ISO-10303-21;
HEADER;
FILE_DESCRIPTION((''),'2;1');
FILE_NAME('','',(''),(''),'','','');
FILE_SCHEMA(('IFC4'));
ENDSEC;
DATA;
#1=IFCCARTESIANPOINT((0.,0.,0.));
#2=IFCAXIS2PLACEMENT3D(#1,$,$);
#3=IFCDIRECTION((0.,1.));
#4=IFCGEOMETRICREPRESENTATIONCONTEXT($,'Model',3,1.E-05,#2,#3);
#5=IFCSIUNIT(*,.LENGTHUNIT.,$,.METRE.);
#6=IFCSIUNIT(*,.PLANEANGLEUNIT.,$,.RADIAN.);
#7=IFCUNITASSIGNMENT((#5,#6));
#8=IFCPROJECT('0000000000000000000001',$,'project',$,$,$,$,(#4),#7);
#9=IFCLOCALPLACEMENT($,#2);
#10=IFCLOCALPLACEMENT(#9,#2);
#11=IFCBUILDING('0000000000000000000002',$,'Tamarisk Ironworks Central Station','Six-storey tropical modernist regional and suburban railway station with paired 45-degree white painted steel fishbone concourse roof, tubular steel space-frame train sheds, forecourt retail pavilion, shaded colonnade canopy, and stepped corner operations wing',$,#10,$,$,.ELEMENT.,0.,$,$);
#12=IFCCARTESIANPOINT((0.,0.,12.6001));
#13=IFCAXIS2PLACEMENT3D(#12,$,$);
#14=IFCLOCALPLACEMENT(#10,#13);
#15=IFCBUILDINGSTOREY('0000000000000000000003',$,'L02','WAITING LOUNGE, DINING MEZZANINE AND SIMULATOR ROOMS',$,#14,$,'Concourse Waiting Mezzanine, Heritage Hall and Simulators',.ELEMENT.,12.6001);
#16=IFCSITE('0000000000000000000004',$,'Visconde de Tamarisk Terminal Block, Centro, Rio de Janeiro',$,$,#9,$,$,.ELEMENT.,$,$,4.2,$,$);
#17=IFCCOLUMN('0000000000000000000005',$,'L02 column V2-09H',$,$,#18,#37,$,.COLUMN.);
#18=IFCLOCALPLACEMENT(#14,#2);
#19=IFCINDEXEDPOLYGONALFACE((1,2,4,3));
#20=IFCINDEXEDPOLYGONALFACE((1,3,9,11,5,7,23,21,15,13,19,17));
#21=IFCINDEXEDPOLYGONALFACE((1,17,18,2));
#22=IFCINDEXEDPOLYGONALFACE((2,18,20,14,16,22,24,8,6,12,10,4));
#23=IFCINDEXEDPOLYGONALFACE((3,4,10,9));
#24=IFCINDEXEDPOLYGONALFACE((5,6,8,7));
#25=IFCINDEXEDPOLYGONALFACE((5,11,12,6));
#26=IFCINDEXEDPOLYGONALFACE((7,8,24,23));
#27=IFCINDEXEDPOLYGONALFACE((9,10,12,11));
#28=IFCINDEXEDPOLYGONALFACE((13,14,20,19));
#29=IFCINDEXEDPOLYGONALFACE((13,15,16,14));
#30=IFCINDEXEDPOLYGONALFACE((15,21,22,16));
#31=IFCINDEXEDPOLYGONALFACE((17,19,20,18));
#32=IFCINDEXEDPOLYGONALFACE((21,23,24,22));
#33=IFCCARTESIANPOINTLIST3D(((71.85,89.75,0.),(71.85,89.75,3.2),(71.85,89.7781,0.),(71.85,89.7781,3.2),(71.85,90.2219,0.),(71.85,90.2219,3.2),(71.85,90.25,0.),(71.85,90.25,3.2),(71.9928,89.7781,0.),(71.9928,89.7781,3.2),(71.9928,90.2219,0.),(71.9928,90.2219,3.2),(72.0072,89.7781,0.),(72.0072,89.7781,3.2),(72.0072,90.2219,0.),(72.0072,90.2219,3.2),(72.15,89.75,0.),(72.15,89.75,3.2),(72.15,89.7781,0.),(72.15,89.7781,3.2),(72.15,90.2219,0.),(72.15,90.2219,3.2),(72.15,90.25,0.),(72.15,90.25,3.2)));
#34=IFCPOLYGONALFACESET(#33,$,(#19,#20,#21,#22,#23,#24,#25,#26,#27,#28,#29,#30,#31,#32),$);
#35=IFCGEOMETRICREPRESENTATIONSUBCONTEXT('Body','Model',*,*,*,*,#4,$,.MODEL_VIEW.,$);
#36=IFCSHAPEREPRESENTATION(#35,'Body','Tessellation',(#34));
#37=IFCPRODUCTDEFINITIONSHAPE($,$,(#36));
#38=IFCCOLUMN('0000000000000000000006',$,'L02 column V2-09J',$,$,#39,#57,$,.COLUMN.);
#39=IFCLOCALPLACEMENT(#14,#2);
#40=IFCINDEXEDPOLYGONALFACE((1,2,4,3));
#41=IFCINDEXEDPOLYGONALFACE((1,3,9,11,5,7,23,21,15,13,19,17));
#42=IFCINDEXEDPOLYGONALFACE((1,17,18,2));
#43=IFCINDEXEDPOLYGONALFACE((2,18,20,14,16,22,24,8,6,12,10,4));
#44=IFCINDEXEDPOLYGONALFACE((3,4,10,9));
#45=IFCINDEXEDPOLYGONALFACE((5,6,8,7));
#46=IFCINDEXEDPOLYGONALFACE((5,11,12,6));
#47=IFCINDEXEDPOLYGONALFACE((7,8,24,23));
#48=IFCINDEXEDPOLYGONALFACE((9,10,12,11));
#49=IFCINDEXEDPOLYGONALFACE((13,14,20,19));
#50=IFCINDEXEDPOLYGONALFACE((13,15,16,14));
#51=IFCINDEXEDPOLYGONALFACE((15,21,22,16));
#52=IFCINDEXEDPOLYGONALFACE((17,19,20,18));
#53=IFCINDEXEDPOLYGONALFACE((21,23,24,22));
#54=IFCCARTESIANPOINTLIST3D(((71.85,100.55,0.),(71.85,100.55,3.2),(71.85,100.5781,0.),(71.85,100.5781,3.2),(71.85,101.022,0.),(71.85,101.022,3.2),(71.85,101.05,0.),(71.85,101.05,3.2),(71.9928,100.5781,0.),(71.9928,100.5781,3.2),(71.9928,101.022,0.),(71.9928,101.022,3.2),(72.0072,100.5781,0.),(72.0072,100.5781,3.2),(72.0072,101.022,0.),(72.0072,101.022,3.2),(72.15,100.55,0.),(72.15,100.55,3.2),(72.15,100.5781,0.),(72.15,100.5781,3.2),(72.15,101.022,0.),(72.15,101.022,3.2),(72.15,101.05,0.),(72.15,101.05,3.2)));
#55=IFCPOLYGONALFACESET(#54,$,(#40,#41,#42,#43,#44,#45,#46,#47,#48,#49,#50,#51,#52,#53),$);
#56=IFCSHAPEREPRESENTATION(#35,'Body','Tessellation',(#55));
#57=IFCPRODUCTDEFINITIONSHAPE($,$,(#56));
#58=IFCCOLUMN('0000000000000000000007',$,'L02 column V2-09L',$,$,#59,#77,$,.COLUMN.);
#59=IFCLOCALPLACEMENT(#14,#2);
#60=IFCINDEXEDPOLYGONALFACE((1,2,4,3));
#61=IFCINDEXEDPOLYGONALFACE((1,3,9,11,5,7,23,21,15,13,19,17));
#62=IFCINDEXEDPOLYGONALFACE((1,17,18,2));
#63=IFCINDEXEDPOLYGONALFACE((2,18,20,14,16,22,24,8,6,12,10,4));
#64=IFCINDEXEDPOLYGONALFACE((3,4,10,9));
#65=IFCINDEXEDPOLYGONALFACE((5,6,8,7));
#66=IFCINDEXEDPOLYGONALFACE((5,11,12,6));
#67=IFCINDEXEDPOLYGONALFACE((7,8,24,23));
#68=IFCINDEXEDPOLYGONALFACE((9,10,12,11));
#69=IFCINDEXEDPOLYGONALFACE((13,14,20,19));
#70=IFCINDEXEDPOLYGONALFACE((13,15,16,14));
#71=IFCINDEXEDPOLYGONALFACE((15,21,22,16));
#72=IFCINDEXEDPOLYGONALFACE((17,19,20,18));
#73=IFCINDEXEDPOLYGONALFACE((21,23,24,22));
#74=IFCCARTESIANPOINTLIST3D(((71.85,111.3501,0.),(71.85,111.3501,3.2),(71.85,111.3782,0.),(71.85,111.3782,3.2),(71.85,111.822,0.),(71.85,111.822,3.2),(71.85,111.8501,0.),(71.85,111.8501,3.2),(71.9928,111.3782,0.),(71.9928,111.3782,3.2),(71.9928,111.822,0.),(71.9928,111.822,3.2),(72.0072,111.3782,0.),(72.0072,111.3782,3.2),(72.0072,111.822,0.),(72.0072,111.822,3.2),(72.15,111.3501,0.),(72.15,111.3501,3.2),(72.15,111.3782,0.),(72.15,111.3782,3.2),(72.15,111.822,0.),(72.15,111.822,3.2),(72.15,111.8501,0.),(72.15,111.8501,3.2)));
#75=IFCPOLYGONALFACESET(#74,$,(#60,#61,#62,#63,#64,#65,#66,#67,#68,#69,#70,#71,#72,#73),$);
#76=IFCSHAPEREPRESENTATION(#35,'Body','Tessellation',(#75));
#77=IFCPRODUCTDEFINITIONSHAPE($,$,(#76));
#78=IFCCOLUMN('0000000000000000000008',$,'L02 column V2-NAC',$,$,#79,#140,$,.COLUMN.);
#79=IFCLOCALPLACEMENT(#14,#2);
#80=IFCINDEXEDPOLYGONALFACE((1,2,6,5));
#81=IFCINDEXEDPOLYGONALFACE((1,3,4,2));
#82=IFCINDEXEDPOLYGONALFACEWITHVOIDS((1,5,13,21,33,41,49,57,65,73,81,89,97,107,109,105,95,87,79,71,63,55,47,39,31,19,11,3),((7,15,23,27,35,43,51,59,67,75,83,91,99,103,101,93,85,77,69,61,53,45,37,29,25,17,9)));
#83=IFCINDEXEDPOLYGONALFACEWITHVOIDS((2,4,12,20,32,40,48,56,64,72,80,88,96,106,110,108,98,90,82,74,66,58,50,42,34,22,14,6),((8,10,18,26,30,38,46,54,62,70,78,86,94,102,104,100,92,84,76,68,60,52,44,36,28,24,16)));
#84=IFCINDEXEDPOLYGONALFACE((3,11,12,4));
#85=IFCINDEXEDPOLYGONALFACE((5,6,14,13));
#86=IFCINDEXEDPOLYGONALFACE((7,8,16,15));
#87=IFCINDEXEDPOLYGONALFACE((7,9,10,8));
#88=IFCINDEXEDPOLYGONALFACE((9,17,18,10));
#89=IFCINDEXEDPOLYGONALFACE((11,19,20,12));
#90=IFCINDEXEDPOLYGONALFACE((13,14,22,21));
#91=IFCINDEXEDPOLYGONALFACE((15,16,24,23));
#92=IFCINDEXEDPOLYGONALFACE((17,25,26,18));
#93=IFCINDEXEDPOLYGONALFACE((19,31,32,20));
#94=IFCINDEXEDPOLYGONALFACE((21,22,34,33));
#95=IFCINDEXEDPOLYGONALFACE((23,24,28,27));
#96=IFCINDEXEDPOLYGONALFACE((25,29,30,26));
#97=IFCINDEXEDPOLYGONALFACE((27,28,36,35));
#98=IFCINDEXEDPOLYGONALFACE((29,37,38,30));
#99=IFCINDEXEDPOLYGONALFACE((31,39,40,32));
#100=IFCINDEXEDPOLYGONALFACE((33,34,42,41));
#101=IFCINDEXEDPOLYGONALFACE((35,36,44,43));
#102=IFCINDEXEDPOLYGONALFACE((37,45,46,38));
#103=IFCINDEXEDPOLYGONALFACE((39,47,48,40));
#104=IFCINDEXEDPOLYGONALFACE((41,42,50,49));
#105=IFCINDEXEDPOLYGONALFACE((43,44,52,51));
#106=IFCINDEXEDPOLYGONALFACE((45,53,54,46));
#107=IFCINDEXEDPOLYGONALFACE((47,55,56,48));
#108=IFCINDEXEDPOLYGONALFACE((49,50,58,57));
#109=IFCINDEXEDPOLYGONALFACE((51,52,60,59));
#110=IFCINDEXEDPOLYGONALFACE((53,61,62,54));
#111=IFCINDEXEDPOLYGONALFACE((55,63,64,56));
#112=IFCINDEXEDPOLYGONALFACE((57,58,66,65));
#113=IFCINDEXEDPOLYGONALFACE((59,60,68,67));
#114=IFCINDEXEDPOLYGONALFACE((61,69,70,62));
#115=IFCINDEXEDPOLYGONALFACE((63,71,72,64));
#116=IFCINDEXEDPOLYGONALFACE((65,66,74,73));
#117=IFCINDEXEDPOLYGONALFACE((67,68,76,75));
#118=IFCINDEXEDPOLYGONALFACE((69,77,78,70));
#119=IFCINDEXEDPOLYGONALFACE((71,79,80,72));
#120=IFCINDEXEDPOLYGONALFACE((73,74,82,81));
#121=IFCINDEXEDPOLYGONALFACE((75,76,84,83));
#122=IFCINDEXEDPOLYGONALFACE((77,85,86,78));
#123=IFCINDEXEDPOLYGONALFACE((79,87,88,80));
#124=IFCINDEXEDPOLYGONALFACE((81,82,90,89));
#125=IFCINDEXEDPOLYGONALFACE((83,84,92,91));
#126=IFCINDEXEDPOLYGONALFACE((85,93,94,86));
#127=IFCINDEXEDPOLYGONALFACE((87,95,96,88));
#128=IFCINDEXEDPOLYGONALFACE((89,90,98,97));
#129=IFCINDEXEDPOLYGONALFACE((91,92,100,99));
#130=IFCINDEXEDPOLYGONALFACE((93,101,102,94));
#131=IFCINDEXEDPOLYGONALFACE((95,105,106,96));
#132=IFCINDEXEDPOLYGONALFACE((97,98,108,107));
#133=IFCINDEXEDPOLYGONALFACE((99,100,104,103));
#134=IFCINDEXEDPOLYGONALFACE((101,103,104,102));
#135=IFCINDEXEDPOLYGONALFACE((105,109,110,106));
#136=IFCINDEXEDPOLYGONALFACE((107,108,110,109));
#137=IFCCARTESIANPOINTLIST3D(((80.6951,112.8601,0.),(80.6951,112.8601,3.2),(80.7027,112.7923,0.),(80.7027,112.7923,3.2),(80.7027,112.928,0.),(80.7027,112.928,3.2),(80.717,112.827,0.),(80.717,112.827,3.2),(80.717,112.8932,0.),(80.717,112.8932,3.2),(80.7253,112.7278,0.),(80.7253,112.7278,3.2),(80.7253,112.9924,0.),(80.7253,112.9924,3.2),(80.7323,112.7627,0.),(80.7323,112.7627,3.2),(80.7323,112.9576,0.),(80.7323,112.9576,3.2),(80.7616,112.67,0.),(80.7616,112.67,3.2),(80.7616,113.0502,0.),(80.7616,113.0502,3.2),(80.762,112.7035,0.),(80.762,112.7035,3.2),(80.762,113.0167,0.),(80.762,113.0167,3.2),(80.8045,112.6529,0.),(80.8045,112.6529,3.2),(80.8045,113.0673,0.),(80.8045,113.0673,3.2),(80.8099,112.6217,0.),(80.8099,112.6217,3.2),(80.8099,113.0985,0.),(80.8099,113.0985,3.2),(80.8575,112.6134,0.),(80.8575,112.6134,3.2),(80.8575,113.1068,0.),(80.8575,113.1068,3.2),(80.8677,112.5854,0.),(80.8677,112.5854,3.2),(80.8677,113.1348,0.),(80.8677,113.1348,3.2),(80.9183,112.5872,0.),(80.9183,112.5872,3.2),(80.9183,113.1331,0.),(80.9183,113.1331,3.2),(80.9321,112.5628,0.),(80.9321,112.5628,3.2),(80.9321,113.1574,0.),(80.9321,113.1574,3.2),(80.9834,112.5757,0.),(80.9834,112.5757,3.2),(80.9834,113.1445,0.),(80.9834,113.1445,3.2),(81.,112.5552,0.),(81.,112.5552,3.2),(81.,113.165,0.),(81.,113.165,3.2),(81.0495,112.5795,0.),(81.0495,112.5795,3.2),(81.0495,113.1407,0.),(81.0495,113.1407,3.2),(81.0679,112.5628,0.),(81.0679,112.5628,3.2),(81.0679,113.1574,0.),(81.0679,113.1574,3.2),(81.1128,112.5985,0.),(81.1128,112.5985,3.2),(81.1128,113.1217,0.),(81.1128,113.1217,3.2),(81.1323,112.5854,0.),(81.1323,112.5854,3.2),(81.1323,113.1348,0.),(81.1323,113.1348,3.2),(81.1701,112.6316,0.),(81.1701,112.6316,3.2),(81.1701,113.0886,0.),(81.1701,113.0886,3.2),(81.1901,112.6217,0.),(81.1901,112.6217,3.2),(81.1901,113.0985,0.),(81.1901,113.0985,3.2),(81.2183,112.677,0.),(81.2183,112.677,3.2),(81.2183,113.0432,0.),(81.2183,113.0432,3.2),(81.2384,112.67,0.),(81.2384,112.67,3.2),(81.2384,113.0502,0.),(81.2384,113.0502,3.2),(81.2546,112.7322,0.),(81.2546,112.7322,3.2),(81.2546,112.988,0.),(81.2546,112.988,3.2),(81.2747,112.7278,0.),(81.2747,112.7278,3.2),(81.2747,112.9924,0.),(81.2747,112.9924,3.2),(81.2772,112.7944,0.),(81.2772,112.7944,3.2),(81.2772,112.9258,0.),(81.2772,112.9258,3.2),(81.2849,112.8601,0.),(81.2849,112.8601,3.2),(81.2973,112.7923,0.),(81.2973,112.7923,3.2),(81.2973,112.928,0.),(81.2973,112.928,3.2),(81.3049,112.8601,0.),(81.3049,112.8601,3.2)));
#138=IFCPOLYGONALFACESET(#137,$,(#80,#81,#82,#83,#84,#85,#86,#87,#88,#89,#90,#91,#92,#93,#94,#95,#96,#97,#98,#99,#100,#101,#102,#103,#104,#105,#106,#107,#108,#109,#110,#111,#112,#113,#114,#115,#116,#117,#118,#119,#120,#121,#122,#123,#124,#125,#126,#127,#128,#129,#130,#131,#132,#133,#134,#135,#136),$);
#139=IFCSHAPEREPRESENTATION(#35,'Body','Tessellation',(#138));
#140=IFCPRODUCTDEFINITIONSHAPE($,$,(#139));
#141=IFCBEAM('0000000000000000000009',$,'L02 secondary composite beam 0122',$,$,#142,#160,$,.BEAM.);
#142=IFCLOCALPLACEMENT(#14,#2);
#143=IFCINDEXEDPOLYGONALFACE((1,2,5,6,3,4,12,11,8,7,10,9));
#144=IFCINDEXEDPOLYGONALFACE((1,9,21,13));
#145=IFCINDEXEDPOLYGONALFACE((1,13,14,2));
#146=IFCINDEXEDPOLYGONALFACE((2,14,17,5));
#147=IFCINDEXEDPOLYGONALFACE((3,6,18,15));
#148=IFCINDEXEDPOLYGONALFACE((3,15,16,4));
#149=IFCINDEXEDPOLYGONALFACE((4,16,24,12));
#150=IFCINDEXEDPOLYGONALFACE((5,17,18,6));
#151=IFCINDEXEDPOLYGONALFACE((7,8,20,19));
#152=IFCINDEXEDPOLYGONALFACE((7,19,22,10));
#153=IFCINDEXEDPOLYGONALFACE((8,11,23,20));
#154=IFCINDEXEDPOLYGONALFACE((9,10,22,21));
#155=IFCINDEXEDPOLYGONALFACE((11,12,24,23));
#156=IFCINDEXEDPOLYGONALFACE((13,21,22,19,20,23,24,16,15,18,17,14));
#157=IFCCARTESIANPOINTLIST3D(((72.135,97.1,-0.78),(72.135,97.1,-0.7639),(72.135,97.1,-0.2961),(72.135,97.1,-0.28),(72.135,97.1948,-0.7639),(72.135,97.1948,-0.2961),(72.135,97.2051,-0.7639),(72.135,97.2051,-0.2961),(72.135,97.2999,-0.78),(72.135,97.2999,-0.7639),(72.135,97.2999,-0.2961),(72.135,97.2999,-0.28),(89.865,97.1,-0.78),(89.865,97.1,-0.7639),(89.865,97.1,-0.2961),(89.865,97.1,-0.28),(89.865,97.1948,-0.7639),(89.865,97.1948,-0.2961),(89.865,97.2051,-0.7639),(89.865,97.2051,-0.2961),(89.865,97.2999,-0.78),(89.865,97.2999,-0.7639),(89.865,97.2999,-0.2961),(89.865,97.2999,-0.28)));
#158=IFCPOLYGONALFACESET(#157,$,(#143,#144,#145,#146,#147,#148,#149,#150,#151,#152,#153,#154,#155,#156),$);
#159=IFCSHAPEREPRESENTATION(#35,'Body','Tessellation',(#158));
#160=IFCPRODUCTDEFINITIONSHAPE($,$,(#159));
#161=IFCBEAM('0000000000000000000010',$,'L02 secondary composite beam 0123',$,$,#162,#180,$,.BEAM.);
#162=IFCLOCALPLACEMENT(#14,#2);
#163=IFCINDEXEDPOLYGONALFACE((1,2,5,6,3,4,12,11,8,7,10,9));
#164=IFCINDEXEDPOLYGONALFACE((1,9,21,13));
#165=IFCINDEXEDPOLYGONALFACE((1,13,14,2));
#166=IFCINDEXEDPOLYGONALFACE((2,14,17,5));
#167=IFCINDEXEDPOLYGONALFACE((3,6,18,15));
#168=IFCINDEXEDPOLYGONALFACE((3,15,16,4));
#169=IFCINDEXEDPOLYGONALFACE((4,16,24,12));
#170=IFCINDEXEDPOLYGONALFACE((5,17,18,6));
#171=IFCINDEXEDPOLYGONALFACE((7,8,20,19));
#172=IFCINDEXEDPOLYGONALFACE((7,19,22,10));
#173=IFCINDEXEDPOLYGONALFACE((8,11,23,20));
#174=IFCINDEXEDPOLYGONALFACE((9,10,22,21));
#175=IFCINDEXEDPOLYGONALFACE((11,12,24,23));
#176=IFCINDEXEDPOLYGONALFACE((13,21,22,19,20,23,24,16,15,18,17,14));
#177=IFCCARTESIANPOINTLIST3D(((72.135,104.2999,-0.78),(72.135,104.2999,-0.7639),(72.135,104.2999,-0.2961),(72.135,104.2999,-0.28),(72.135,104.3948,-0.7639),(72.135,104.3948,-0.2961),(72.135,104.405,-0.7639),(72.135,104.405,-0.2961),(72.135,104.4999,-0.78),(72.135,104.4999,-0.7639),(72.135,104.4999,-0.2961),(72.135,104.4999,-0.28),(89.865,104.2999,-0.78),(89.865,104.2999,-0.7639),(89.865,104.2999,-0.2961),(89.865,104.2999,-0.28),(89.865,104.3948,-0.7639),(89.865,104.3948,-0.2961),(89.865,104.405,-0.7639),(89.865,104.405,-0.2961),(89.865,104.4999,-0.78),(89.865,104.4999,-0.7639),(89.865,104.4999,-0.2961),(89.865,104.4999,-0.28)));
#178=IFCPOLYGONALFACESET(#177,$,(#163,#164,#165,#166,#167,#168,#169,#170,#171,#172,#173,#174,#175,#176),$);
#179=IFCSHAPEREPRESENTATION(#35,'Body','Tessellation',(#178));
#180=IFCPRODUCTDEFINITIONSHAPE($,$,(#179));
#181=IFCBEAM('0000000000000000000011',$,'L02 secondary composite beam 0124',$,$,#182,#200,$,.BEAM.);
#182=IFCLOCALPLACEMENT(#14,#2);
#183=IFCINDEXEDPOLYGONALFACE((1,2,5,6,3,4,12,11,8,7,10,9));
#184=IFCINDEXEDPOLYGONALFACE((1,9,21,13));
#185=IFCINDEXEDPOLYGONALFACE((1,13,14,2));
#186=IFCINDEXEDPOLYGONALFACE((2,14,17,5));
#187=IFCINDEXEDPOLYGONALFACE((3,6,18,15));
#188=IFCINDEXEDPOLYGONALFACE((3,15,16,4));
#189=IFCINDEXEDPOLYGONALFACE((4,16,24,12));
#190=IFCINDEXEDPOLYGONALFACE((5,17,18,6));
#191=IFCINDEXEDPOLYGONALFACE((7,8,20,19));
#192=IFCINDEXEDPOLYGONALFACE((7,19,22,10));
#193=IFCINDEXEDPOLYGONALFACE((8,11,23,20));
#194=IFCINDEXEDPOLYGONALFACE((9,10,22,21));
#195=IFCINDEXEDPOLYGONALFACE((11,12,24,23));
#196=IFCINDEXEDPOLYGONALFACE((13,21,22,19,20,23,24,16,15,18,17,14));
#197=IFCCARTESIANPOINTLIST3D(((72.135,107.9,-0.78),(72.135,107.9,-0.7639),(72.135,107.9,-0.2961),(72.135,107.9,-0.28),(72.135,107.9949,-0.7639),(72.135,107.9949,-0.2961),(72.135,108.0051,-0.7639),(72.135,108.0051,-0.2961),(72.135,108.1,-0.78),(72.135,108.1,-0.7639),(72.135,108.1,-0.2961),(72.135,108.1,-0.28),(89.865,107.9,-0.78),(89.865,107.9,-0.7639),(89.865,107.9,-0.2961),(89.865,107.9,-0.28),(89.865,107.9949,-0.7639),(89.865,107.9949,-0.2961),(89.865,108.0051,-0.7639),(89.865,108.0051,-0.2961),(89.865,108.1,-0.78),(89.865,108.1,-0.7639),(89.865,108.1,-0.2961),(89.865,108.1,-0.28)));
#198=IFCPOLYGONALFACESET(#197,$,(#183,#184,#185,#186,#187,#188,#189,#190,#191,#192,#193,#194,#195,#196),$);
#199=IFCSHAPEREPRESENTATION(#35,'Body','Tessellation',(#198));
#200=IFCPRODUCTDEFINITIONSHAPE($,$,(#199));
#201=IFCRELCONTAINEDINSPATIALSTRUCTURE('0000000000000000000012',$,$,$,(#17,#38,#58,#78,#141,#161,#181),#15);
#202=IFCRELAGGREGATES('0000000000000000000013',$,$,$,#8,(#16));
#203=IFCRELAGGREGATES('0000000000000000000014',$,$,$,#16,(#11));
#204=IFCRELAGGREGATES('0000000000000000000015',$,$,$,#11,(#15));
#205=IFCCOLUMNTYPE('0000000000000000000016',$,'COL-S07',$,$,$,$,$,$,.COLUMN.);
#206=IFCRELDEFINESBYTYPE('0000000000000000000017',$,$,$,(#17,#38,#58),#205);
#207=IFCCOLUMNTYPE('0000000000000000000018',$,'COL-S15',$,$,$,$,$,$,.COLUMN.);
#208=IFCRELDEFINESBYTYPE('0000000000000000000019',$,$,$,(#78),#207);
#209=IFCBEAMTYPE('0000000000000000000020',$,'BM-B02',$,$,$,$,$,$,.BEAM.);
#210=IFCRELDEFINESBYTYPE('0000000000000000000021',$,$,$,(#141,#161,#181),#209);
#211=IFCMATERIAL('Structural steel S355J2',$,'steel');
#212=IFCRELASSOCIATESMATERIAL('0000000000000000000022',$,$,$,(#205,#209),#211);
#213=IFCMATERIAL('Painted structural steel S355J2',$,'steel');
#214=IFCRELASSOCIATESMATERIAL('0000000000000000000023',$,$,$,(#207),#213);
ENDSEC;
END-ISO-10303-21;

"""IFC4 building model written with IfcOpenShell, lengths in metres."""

from ifc_helpers import new_model, si_unit, direction, frame, origin, origin_2d, place, context, subcontext, project, spatial, hollow_circle, i_section, extrude, material, material_profile, profile_set, type_object, element, save


model = new_model("IFC4")

# Units and contexts
model_context = context("Model", 3, precision=1e-05, world=origin(), true_north=direction((0.0, 1.0)))
body_context = subcontext(model_context, "Body", "Model", "MODEL_VIEW")
ifc_project = project(units=[si_unit("LENGTHUNIT", "METRE"), si_unit("PLANEANGLEUNIT", "RADIAN")], contexts=[model_context])

# Site, building, storey
site_placement = place(None, origin())
site = spatial("IfcSite", under=ifc_project, at=site_placement, Name="Visconde de Tamarisk Terminal Block, Centro, Rio de Janeiro", CompositionType="ELEMENT", RefElevation=4.2)
building_placement = place(site_placement, origin())
building = spatial("IfcBuilding", under=site, at=building_placement, Name="Tamarisk Ironworks Central Station", Description="Six-storey tropical modernist regional and suburban railway station with paired 45-degree white painted steel fishbone concourse roof, tubular steel space-frame train sheds, forecourt retail pavilion, shaded colonnade canopy, and stepped corner operations wing", CompositionType="ELEMENT", ElevationOfRefHeight=0.0)
storey_placement = place(building_placement, frame((0.0, 0.0, 12.6001)))
storey = spatial("IfcBuildingStorey", under=building, at=storey_placement, Name="L02", Description="WAITING LOUNGE, DINING MEZZANINE AND SIMULATOR ROOMS", LongName="Concourse Waiting Mezzanine, Heritage Hall and Simulators", CompositionType="ELEMENT", Elevation=12.6001)

# Columns
ifc_material_1 = material(Name="Structural steel S355J2", Category="steel")
ifc_material_profile_1 = material_profile(ifc_material_1, i_section(OverallWidth=0.3, OverallDepth=0.5, WebThickness=0.0144, FlangeThickness=0.0281, at=origin_2d()), Name="HEB 500")
ifc_profile_set_1 = profile_set([ifc_material_profile_1], Name="Structural steel S355J2")
column_type_1 = type_object("IfcColumnType", Name="COL-S07", PredefinedType="COLUMN", material=ifc_profile_set_1)
for number, where, z_axis, x_axis, name in (
    (1, (72.0, 90.0, 0.0), (0.0, 0.0, 1.0), (1.0, 0.0, 0.0), "L02 column V2-09H"),
    (2, (72.0, 100.8, 0.0), (0.0, 0.0, 1.0), (1.0, 0.0, 0.0), "L02 column V2-09J"),
    (3, (72.0, 111.6001, 0.0), (0.0, 0.0, 1.0), (1.0, 0.0, 0.0), "L02 column V2-09L"),
):
    element("IfcColumn", number, at=place(storey_placement, frame(where, z_axis=z_axis, x_axis=x_axis)), inside=storey, type_object=column_type_1, Name=name, PredefinedType="COLUMN", context=body_context, shape_type="SweptSolid", body=[
        extrude(i_section(OverallWidth=0.3, OverallDepth=0.5, WebThickness=0.0144, FlangeThickness=0.0281, at=origin_2d()), origin(), (0.0, 0.0, 1.0), 3.2),
    ])
ifc_material_2 = material(Name="Painted structural steel S355J2", Category="steel")
ifc_material_profile_2 = material_profile(ifc_material_2, hollow_circle(Radius=0.3049, WallThickness=0.02, at=origin_2d()), Name="CHS 610x20")
ifc_profile_set_2 = profile_set([ifc_material_profile_2], Name="Painted structural steel S355J2")
column_type_2 = type_object("IfcColumnType", Name="COL-S15", PredefinedType="COLUMN", material=ifc_profile_set_2)
column_placement = place(storey_placement, frame((81.0, 112.8601, 0.0), z_axis=(0.0, 0.0, 1.0), x_axis=(1.0, 0.0, 0.0)))
element("IfcColumn", 4, at=column_placement, inside=storey, type_object=column_type_2, Name="L02 column V2-NAC", PredefinedType="COLUMN", context=body_context, shape_type="SweptSolid", body=[
    extrude(hollow_circle(Radius=0.3049, WallThickness=0.02, at=origin_2d()), origin(), (0.0, 0.0, 1.0), 3.2),
])

# Beams
ifc_material_profile_3 = material_profile(ifc_material_1, i_section(OverallWidth=0.2, OverallDepth=0.5, WebThickness=0.0103, FlangeThickness=0.0161, at=origin_2d()), Name="IPE 500")
ifc_profile_set_3 = profile_set([ifc_material_profile_3], Name="Structural steel S355J2")
beam_type_1 = type_object("IfcBeamType", Name="BM-B02", PredefinedType="BEAM", material=ifc_profile_set_3)
for number, where, z_axis, x_axis, name in (
    (5, (72.135, 97.2, -0.53), (1.0, 0.0, 0.0), (0.0, 1.0, 0.0), "L02 secondary composite beam 0122"),
    (6, (72.135, 104.3999, -0.53), (1.0, 0.0, 0.0), (0.0, 1.0, 0.0), "L02 secondary composite beam 0123"),
    (7, (72.135, 108.0, -0.53), (1.0, 0.0, 0.0), (0.0, 1.0, 0.0), "L02 secondary composite beam 0124"),
):
    element("IfcBeam", number, at=place(storey_placement, frame(where, z_axis=z_axis, x_axis=x_axis)), inside=storey, type_object=beam_type_1, Name=name, PredefinedType="BEAM", context=body_context, shape_type="SweptSolid", body=[
        extrude(i_section(OverallWidth=0.2, OverallDepth=0.5, WebThickness=0.0103, FlangeThickness=0.0161, at=origin_2d()), origin(), (0.0, 0.0, 1.0), 17.73),
    ])

save(model, "model.ifc")
